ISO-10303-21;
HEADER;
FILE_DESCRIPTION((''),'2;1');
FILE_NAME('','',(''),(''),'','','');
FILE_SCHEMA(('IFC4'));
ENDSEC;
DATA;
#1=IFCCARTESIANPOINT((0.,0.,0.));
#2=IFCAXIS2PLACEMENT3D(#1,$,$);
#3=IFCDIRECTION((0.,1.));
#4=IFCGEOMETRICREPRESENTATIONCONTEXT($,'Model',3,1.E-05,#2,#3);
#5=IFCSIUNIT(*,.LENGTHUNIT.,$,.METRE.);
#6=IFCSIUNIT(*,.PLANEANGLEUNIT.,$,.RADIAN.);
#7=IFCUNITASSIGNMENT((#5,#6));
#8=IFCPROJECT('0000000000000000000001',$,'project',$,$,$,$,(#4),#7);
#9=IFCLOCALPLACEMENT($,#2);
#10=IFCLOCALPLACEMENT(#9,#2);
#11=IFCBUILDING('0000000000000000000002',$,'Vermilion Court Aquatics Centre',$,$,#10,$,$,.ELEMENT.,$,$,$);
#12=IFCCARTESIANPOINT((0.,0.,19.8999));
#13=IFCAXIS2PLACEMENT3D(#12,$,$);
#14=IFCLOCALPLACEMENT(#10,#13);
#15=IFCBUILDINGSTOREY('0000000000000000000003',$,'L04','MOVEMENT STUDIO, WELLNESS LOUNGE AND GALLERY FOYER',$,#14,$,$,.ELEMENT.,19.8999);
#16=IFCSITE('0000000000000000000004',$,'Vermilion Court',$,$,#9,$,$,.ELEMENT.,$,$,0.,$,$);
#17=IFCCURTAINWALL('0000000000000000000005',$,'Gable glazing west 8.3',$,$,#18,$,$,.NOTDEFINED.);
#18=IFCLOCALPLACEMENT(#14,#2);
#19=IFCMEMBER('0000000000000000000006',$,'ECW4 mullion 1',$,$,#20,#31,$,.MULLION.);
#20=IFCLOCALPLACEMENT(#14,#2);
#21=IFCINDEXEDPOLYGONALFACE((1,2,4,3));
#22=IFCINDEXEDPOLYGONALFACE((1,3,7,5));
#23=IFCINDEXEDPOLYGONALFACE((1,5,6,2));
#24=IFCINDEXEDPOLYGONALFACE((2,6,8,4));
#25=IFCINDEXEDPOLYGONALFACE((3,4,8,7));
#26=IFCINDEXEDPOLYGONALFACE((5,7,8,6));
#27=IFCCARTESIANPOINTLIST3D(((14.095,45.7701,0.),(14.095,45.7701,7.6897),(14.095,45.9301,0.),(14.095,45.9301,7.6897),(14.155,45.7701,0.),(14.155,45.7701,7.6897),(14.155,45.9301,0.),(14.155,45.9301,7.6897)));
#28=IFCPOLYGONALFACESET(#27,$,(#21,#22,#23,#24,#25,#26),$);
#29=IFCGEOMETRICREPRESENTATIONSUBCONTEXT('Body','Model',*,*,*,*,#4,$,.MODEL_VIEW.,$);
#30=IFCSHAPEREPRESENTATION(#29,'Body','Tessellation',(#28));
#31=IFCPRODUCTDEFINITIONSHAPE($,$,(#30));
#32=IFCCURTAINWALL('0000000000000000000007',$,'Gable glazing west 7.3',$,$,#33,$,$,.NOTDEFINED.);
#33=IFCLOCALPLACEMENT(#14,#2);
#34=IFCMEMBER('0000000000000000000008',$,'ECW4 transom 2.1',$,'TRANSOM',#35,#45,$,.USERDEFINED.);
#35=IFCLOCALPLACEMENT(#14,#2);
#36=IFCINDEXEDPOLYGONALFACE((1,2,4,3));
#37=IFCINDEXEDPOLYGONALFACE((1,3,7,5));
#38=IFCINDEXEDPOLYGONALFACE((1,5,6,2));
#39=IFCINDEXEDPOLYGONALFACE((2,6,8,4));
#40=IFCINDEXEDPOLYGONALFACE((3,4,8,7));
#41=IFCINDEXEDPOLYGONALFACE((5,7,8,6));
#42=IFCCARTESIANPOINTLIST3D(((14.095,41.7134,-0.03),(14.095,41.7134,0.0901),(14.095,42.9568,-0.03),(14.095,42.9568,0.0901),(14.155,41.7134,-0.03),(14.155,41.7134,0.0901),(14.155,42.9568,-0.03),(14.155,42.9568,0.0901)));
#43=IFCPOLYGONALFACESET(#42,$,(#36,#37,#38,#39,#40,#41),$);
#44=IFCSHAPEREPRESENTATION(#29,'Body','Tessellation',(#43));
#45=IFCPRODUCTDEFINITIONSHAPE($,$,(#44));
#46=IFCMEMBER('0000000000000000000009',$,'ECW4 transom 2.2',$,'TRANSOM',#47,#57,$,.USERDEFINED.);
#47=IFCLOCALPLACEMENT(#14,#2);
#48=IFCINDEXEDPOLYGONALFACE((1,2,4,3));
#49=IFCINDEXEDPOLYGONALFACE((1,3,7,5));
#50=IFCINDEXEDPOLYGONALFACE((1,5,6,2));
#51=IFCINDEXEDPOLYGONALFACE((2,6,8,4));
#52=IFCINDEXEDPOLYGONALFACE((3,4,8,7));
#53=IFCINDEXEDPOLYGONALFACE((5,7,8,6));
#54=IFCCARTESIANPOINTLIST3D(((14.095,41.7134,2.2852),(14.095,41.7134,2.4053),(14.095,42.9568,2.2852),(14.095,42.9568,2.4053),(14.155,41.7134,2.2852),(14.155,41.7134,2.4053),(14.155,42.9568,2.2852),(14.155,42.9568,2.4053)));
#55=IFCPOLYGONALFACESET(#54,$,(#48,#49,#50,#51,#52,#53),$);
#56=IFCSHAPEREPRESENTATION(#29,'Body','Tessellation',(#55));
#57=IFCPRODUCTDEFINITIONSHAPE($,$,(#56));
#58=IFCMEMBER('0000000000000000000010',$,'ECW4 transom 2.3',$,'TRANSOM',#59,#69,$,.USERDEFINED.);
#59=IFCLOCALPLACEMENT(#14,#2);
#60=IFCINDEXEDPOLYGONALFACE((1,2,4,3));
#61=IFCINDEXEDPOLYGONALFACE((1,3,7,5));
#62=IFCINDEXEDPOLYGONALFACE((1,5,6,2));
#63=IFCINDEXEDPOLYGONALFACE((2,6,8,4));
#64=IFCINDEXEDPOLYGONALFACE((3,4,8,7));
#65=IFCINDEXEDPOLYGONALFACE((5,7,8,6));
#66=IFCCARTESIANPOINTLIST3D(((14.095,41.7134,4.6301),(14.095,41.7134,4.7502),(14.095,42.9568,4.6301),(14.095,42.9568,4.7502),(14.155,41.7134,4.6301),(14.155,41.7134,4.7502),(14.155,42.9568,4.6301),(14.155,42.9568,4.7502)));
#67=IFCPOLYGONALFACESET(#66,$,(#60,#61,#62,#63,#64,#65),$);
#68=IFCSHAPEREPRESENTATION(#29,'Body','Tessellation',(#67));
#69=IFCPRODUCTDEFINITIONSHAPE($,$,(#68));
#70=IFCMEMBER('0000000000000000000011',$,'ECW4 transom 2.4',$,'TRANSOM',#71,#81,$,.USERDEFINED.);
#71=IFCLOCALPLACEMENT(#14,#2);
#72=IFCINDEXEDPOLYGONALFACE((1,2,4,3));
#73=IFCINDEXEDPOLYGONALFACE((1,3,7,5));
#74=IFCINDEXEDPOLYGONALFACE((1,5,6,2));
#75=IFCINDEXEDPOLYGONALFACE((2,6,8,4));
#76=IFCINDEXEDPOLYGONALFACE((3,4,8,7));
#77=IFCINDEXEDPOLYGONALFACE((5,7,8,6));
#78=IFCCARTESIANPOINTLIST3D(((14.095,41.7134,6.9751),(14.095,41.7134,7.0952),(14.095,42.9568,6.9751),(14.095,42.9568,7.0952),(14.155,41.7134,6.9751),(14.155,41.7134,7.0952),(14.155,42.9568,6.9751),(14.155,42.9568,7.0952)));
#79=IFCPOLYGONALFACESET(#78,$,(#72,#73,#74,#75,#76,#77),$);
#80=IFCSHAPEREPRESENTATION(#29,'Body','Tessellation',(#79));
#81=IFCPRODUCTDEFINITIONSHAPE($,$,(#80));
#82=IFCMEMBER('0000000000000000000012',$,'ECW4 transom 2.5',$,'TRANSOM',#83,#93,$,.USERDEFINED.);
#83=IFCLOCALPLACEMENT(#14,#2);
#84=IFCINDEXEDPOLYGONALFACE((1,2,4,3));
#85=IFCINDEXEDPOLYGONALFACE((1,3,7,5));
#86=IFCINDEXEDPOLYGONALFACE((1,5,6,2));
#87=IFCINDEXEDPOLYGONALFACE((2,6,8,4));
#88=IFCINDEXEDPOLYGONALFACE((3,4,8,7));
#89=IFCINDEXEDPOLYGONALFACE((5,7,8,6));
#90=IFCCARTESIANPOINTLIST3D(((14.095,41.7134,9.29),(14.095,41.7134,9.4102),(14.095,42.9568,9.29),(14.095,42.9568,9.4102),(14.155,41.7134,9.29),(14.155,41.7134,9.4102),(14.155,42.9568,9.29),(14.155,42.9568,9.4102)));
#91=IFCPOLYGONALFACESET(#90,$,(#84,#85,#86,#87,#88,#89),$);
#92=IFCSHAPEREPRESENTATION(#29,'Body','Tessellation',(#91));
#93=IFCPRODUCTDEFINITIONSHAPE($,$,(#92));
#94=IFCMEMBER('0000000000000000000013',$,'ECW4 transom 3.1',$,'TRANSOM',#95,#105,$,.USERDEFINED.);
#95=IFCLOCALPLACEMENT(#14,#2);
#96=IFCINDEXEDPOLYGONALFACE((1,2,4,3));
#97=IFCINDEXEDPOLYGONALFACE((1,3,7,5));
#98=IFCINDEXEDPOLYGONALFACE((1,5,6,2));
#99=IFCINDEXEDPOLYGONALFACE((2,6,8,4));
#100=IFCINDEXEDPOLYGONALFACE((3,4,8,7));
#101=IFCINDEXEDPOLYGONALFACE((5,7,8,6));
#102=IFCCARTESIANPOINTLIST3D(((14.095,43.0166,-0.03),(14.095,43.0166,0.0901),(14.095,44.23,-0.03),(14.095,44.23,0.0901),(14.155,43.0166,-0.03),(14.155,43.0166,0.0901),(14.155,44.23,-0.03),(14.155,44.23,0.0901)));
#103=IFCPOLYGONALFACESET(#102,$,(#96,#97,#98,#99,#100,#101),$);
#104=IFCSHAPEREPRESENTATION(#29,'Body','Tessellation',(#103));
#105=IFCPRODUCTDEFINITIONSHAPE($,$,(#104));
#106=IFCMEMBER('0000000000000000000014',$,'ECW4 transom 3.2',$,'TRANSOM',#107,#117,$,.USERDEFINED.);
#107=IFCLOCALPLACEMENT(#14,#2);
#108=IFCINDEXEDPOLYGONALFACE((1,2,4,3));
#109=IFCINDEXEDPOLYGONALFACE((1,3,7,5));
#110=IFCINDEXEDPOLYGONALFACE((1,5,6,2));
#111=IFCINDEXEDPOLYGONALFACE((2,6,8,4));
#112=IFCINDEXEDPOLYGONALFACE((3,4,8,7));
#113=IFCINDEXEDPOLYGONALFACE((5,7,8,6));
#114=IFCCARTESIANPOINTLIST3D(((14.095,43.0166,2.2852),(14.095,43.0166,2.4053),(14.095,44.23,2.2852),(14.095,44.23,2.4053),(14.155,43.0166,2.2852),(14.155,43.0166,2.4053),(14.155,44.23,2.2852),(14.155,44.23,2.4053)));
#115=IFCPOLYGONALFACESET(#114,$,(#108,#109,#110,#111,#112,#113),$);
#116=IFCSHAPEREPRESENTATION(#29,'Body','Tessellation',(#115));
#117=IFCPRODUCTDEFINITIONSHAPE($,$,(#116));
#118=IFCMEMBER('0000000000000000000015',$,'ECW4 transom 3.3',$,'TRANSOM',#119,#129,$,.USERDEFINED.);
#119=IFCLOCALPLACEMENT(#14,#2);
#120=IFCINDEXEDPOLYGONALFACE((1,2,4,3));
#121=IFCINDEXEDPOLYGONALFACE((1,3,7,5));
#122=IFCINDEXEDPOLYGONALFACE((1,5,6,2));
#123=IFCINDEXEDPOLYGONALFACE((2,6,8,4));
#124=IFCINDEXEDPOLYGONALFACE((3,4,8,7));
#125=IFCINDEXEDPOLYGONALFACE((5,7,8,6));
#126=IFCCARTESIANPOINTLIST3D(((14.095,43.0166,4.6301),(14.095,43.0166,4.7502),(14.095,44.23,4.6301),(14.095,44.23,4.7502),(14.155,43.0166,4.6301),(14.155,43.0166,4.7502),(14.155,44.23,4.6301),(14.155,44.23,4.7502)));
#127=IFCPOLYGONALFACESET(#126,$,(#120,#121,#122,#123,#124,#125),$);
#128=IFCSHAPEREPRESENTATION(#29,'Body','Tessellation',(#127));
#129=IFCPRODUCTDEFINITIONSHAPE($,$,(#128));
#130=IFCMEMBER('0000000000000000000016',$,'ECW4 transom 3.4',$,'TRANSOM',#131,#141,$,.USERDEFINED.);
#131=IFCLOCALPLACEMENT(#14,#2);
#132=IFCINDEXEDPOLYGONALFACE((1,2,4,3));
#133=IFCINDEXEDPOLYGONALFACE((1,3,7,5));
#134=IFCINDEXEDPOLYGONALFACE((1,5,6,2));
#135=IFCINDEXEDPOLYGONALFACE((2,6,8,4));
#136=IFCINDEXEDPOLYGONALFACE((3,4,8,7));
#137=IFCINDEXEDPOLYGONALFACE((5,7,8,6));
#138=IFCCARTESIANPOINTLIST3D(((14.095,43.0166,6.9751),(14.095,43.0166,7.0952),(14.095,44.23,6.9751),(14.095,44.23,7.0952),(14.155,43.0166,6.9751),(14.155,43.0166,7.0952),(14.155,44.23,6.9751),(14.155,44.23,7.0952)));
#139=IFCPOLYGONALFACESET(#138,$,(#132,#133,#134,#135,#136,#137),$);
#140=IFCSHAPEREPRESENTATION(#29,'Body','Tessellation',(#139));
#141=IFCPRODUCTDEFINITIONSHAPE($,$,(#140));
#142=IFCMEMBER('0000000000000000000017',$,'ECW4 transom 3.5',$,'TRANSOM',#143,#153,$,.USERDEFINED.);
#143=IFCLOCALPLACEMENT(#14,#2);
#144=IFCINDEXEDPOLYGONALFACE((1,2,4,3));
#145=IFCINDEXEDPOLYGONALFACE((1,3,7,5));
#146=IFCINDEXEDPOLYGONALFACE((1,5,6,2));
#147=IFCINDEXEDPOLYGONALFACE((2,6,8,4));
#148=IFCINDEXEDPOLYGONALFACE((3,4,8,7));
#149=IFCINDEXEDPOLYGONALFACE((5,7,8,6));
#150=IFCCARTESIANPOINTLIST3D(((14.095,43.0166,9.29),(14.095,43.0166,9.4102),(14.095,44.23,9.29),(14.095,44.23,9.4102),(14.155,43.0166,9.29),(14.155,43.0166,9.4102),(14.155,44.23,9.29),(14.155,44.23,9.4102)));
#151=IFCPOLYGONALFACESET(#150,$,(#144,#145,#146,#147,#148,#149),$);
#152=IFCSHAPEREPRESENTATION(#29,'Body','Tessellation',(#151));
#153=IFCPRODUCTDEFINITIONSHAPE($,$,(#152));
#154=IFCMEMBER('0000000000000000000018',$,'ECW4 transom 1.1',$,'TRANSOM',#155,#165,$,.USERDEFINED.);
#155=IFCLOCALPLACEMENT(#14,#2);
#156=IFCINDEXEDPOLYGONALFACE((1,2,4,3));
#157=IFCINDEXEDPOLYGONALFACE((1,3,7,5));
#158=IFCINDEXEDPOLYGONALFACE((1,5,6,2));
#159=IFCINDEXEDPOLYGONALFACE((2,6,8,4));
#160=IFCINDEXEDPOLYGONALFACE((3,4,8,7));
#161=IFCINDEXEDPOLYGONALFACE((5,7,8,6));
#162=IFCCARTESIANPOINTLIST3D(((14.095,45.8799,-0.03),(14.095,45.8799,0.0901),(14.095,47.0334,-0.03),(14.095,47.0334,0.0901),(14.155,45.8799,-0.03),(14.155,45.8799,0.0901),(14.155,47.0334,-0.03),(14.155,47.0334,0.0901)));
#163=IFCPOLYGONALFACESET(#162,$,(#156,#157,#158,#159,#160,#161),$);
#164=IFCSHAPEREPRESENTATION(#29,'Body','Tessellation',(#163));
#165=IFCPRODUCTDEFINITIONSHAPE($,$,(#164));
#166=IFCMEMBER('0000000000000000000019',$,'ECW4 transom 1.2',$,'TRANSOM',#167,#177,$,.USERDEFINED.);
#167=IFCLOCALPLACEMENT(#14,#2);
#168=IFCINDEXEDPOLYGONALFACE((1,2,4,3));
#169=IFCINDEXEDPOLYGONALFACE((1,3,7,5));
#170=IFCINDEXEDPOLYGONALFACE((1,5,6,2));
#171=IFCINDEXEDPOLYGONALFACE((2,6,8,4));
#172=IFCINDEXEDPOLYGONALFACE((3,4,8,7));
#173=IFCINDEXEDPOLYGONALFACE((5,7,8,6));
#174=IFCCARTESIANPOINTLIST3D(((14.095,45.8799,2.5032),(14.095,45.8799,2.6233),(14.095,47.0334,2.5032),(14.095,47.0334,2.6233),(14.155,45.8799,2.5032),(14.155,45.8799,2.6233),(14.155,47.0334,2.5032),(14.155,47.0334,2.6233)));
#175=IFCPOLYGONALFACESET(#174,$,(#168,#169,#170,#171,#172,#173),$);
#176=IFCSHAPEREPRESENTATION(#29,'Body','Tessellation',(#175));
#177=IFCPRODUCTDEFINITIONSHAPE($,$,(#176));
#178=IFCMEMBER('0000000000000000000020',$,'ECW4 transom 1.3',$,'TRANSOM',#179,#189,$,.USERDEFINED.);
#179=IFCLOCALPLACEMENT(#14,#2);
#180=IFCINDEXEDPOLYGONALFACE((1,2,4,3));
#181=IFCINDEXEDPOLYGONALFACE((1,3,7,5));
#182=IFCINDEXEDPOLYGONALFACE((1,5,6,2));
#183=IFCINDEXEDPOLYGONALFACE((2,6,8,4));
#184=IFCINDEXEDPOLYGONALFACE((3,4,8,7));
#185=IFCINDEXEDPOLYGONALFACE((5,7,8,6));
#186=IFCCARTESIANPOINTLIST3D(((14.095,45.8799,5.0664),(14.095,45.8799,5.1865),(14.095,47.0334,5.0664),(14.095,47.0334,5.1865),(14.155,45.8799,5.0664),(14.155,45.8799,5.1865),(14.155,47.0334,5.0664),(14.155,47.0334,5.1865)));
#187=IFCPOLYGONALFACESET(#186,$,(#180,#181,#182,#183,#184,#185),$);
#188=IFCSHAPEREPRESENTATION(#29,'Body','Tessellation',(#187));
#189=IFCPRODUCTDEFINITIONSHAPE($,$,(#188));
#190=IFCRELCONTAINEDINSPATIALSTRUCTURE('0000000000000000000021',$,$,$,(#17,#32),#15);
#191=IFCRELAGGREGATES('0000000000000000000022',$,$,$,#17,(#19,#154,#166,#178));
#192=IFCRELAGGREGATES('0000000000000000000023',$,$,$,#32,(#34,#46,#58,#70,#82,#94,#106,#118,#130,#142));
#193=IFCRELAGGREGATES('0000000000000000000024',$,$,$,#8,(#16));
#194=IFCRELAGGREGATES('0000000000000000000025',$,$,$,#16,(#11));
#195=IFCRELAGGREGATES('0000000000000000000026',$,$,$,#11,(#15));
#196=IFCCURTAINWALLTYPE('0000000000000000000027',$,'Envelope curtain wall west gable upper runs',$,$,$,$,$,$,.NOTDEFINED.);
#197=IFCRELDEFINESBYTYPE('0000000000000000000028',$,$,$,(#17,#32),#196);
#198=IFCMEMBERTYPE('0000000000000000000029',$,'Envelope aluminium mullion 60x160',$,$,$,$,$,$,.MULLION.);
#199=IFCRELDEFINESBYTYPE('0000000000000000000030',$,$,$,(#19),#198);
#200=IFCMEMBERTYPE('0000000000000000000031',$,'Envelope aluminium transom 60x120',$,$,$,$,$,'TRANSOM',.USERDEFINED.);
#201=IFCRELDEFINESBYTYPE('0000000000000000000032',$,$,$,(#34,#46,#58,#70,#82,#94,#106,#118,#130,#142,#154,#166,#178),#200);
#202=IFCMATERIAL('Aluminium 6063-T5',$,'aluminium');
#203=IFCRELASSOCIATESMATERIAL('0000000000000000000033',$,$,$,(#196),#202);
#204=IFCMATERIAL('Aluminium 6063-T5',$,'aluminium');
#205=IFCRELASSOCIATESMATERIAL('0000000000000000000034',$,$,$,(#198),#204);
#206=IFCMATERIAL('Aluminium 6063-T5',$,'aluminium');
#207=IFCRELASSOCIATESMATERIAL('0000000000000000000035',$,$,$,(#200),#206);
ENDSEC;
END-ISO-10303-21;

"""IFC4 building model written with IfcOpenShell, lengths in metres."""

from ifc_helpers import new_model, si_unit, direction, frame, origin, origin_2d, place, context, subcontext, project, spatial, rectangle, extrude, material, material_profile, profile_set, type_object, element, aggregate, save


model = new_model("IFC4")

# Units and contexts
model_context = context("Model", 3, precision=1e-05, world=origin(), true_north=direction((0.0, 1.0)))
body_context = subcontext(model_context, "Body", "Model", "MODEL_VIEW")
ifc_project = project(units=[si_unit("LENGTHUNIT", "METRE"), si_unit("PLANEANGLEUNIT", "RADIAN")], contexts=[model_context])

# Site, building, storey
site_placement = place(None, origin())
site = spatial("IfcSite", under=ifc_project, at=site_placement, Name="Vermilion Court", CompositionType="ELEMENT", RefElevation=0.0)
building_placement = place(site_placement, origin())
building = spatial("IfcBuilding", under=site, at=building_placement, Name="Vermilion Court Aquatics Centre", CompositionType="ELEMENT")
storey_placement = place(building_placement, frame((0.0, 0.0, 19.8999)))
storey = spatial("IfcBuildingStorey", under=building, at=storey_placement, Name="L04", Description="MOVEMENT STUDIO, WELLNESS LOUNGE AND GALLERY FOYER", CompositionType="ELEMENT", Elevation=19.8999)

# Curtain wall, member
ifc_material_1 = material(Name="Aluminium 6063-T5", Category="aluminium")
curtain_wall_type = type_object("IfcCurtainWallType", Name="Envelope curtain wall west gable upper runs", PredefinedType="NOTDEFINED", material=ifc_material_1)
curtain_wall_1_placement = place(storey_placement, origin())
curtain_wall_1 = element("IfcCurtainWall", 1, at=curtain_wall_1_placement, inside=storey, type_object=curtain_wall_type, Name="Gable glazing west 8.3", PredefinedType="NOTDEFINED")
ifc_material_2 = material(Name="Aluminium 6063-T5", Category="aluminium")
ifc_material_profile_1 = material_profile(ifc_material_2, rectangle(XDim=0.0601, YDim=0.1599, at=origin_2d()), Name="AL 60x160")
ifc_profile_set_1 = profile_set([ifc_material_profile_1], Name="Aluminium 6063-T5")
member_type_1 = type_object("IfcMemberType", Name="Envelope aluminium mullion 60x160", PredefinedType="MULLION", material=ifc_profile_set_1)
member_1_placement = place(storey_placement, frame((14.125, 45.8501, 0.0), z_axis=(0.0, 0.0, 1.0), x_axis=(-1.0, 0.0, 0.0)))
member_1 = element("IfcMember", 2, at=member_1_placement, type_object=member_type_1, Name="ECW4 mullion 1", PredefinedType="MULLION", context=body_context, shape_type="SweptSolid", body=[
    extrude(rectangle(XDim=0.0601, YDim=0.1599, at=origin_2d()), origin(), (0.0, 0.0, 1.0), 7.6897),
])

# Curtain wall, members
curtain_wall_2_placement = place(storey_placement, origin())
curtain_wall_2 = element("IfcCurtainWall", 3, at=curtain_wall_2_placement, inside=storey, type_object=curtain_wall_type, Name="Gable glazing west 7.3", PredefinedType="NOTDEFINED")
ifc_material_3 = material(Name="Aluminium 6063-T5", Category="aluminium")
ifc_material_profile_2 = material_profile(ifc_material_3, rectangle(XDim=0.0601, YDim=0.1201, at=origin_2d()), Name="AL 60x120")
ifc_profile_set_2 = profile_set([ifc_material_profile_2], Name="Aluminium 6063-T5")
member_type_2 = type_object("IfcMemberType", Name="Envelope aluminium transom 60x120", ElementType="TRANSOM", PredefinedType="USERDEFINED", material=ifc_profile_set_2)
member_2_placement = place(storey_placement, frame((14.125, 41.7134, 0.03), z_axis=(0.0, 1.0, 0.0), x_axis=(-1.0, 0.0, 0.0)))
member_2 = element("IfcMember", 4, at=member_2_placement, type_object=member_type_2, Name="ECW4 transom 2.1", ObjectType="TRANSOM", PredefinedType="USERDEFINED", context=body_context, shape_type="SweptSolid", body=[
    extrude(rectangle(XDim=0.0601, YDim=0.1201, at=origin_2d()), origin(), (0.0, 0.0, 1.0), 1.2434),
])
member_3_placement = place(storey_placement, frame((14.125, 41.7134, 2.3452), z_axis=(0.0, 1.0, 0.0), x_axis=(-1.0, 0.0, 0.0)))
member_3 = element("IfcMember", 5, at=member_3_placement, type_object=member_type_2, Name="ECW4 transom 2.2", ObjectType="TRANSOM", PredefinedType="USERDEFINED", context=body_context, shape_type="SweptSolid", body=[
    extrude(rectangle(XDim=0.0601, YDim=0.1201, at=origin_2d()), origin(), (0.0, 0.0, 1.0), 1.2434),
])
member_4_placement = place(storey_placement, frame((14.125, 41.7134, 4.6902), z_axis=(0.0, 1.0, 0.0), x_axis=(-1.0, 0.0, 0.0)))
member_4 = element("IfcMember", 6, at=member_4_placement, type_object=member_type_2, Name="ECW4 transom 2.3", ObjectType="TRANSOM", PredefinedType="USERDEFINED", context=body_context, shape_type="SweptSolid", body=[
    extrude(rectangle(XDim=0.0601, YDim=0.1201, at=origin_2d()), origin(), (0.0, 0.0, 1.0), 1.2434),
])
member_5_placement = place(storey_placement, frame((14.125, 41.7134, 7.0352), z_axis=(0.0, 1.0, 0.0), x_axis=(-1.0, 0.0, 0.0)))
member_5 = element("IfcMember", 7, at=member_5_placement, type_object=member_type_2, Name="ECW4 transom 2.4", ObjectType="TRANSOM", PredefinedType="USERDEFINED", context=body_context, shape_type="SweptSolid", body=[
    extrude(rectangle(XDim=0.0601, YDim=0.1201, at=origin_2d()), origin(), (0.0, 0.0, 1.0), 1.2434),
])
member_6_placement = place(storey_placement, frame((14.125, 41.7134, 9.3501), z_axis=(0.0, 1.0, 0.0), x_axis=(-1.0, 0.0, 0.0)))
member_6 = element("IfcMember", 8, at=member_6_placement, type_object=member_type_2, Name="ECW4 transom 2.5", ObjectType="TRANSOM", PredefinedType="USERDEFINED", context=body_context, shape_type="SweptSolid", body=[
    extrude(rectangle(XDim=0.0601, YDim=0.1201, at=origin_2d()), origin(), (0.0, 0.0, 1.0), 1.2434),
])
member_7_placement = place(storey_placement, frame((14.125, 43.0166, 0.03), z_axis=(0.0, 1.0, 0.0), x_axis=(-1.0, 0.0, 0.0)))
member_7 = element("IfcMember", 9, at=member_7_placement, type_object=member_type_2, Name="ECW4 transom 3.1", ObjectType="TRANSOM", PredefinedType="USERDEFINED", context=body_context, shape_type="SweptSolid", body=[
    extrude(rectangle(XDim=0.0601, YDim=0.1201, at=origin_2d()), origin(), (0.0, 0.0, 1.0), 1.2134),
])
member_8_placement = place(storey_placement, frame((14.125, 43.0166, 2.3452), z_axis=(0.0, 1.0, 0.0), x_axis=(-1.0, 0.0, 0.0)))
member_8 = element("IfcMember", 10, at=member_8_placement, type_object=member_type_2, Name="ECW4 transom 3.2", ObjectType="TRANSOM", PredefinedType="USERDEFINED", context=body_context, shape_type="SweptSolid", body=[
    extrude(rectangle(XDim=0.0601, YDim=0.1201, at=origin_2d()), origin(), (0.0, 0.0, 1.0), 1.2134),
])
member_9_placement = place(storey_placement, frame((14.125, 43.0166, 4.6902), z_axis=(0.0, 1.0, 0.0), x_axis=(-1.0, 0.0, 0.0)))
member_9 = element("IfcMember", 11, at=member_9_placement, type_object=member_type_2, Name="ECW4 transom 3.3", ObjectType="TRANSOM", PredefinedType="USERDEFINED", context=body_context, shape_type="SweptSolid", body=[
    extrude(rectangle(XDim=0.0601, YDim=0.1201, at=origin_2d()), origin(), (0.0, 0.0, 1.0), 1.2134),
])
member_10_placement = place(storey_placement, frame((14.125, 43.0166, 7.0352), z_axis=(0.0, 1.0, 0.0), x_axis=(-1.0, 0.0, 0.0)))
member_10 = element("IfcMember", 12, at=member_10_placement, type_object=member_type_2, Name="ECW4 transom 3.4", ObjectType="TRANSOM", PredefinedType="USERDEFINED", context=body_context, shape_type="SweptSolid", body=[
    extrude(rectangle(XDim=0.0601, YDim=0.1201, at=origin_2d()), origin(), (0.0, 0.0, 1.0), 1.2134),
])
member_11_placement = place(storey_placement, frame((14.125, 43.0166, 9.3501), z_axis=(0.0, 1.0, 0.0), x_axis=(-1.0, 0.0, 0.0)))
member_11 = element("IfcMember", 13, at=member_11_placement, type_object=member_type_2, Name="ECW4 transom 3.5", ObjectType="TRANSOM", PredefinedType="USERDEFINED", context=body_context, shape_type="SweptSolid", body=[
    extrude(rectangle(XDim=0.0601, YDim=0.1201, at=origin_2d()), origin(), (0.0, 0.0, 1.0), 1.2134),
])

# Members
member_12_placement = place(storey_placement, frame((14.125, 45.8799, 0.03), z_axis=(0.0, 1.0, 0.0), x_axis=(-1.0, 0.0, 0.0)))
member_12 = element("IfcMember", 14, at=member_12_placement, type_object=member_type_2, Name="ECW4 transom 1.1", ObjectType="TRANSOM", PredefinedType="USERDEFINED", context=body_context, shape_type="SweptSolid", body=[
    extrude(rectangle(XDim=0.0601, YDim=0.1201, at=origin_2d()), origin(), (0.0, 0.0, 1.0), 1.1536),
])
member_13_placement = place(storey_placement, frame((14.125, 45.8799, 2.5632), z_axis=(0.0, 1.0, 0.0), x_axis=(-1.0, 0.0, 0.0)))
member_13 = element("IfcMember", 15, at=member_13_placement, type_object=member_type_2, Name="ECW4 transom 1.2", ObjectType="TRANSOM", PredefinedType="USERDEFINED", context=body_context, shape_type="SweptSolid", body=[
    extrude(rectangle(XDim=0.0601, YDim=0.1201, at=origin_2d()), origin(), (0.0, 0.0, 1.0), 1.1536),
])
member_14_placement = place(storey_placement, frame((14.125, 45.8799, 5.1265), z_axis=(0.0, 1.0, 0.0), x_axis=(-1.0, 0.0, 0.0)))
member_14 = element("IfcMember", 16, at=member_14_placement, type_object=member_type_2, Name="ECW4 transom 1.3", ObjectType="TRANSOM", PredefinedType="USERDEFINED", context=body_context, shape_type="SweptSolid", body=[
    extrude(rectangle(XDim=0.0601, YDim=0.1201, at=origin_2d()), origin(), (0.0, 0.0, 1.0), 1.1536),
])
aggregate(curtain_wall_1, [member_1, member_12, member_13, member_14])

aggregate(curtain_wall_2, [member_2, member_3, member_4, member_5, member_6, member_7, member_8, member_9, member_10, member_11])

save(model, "model.ifc")
